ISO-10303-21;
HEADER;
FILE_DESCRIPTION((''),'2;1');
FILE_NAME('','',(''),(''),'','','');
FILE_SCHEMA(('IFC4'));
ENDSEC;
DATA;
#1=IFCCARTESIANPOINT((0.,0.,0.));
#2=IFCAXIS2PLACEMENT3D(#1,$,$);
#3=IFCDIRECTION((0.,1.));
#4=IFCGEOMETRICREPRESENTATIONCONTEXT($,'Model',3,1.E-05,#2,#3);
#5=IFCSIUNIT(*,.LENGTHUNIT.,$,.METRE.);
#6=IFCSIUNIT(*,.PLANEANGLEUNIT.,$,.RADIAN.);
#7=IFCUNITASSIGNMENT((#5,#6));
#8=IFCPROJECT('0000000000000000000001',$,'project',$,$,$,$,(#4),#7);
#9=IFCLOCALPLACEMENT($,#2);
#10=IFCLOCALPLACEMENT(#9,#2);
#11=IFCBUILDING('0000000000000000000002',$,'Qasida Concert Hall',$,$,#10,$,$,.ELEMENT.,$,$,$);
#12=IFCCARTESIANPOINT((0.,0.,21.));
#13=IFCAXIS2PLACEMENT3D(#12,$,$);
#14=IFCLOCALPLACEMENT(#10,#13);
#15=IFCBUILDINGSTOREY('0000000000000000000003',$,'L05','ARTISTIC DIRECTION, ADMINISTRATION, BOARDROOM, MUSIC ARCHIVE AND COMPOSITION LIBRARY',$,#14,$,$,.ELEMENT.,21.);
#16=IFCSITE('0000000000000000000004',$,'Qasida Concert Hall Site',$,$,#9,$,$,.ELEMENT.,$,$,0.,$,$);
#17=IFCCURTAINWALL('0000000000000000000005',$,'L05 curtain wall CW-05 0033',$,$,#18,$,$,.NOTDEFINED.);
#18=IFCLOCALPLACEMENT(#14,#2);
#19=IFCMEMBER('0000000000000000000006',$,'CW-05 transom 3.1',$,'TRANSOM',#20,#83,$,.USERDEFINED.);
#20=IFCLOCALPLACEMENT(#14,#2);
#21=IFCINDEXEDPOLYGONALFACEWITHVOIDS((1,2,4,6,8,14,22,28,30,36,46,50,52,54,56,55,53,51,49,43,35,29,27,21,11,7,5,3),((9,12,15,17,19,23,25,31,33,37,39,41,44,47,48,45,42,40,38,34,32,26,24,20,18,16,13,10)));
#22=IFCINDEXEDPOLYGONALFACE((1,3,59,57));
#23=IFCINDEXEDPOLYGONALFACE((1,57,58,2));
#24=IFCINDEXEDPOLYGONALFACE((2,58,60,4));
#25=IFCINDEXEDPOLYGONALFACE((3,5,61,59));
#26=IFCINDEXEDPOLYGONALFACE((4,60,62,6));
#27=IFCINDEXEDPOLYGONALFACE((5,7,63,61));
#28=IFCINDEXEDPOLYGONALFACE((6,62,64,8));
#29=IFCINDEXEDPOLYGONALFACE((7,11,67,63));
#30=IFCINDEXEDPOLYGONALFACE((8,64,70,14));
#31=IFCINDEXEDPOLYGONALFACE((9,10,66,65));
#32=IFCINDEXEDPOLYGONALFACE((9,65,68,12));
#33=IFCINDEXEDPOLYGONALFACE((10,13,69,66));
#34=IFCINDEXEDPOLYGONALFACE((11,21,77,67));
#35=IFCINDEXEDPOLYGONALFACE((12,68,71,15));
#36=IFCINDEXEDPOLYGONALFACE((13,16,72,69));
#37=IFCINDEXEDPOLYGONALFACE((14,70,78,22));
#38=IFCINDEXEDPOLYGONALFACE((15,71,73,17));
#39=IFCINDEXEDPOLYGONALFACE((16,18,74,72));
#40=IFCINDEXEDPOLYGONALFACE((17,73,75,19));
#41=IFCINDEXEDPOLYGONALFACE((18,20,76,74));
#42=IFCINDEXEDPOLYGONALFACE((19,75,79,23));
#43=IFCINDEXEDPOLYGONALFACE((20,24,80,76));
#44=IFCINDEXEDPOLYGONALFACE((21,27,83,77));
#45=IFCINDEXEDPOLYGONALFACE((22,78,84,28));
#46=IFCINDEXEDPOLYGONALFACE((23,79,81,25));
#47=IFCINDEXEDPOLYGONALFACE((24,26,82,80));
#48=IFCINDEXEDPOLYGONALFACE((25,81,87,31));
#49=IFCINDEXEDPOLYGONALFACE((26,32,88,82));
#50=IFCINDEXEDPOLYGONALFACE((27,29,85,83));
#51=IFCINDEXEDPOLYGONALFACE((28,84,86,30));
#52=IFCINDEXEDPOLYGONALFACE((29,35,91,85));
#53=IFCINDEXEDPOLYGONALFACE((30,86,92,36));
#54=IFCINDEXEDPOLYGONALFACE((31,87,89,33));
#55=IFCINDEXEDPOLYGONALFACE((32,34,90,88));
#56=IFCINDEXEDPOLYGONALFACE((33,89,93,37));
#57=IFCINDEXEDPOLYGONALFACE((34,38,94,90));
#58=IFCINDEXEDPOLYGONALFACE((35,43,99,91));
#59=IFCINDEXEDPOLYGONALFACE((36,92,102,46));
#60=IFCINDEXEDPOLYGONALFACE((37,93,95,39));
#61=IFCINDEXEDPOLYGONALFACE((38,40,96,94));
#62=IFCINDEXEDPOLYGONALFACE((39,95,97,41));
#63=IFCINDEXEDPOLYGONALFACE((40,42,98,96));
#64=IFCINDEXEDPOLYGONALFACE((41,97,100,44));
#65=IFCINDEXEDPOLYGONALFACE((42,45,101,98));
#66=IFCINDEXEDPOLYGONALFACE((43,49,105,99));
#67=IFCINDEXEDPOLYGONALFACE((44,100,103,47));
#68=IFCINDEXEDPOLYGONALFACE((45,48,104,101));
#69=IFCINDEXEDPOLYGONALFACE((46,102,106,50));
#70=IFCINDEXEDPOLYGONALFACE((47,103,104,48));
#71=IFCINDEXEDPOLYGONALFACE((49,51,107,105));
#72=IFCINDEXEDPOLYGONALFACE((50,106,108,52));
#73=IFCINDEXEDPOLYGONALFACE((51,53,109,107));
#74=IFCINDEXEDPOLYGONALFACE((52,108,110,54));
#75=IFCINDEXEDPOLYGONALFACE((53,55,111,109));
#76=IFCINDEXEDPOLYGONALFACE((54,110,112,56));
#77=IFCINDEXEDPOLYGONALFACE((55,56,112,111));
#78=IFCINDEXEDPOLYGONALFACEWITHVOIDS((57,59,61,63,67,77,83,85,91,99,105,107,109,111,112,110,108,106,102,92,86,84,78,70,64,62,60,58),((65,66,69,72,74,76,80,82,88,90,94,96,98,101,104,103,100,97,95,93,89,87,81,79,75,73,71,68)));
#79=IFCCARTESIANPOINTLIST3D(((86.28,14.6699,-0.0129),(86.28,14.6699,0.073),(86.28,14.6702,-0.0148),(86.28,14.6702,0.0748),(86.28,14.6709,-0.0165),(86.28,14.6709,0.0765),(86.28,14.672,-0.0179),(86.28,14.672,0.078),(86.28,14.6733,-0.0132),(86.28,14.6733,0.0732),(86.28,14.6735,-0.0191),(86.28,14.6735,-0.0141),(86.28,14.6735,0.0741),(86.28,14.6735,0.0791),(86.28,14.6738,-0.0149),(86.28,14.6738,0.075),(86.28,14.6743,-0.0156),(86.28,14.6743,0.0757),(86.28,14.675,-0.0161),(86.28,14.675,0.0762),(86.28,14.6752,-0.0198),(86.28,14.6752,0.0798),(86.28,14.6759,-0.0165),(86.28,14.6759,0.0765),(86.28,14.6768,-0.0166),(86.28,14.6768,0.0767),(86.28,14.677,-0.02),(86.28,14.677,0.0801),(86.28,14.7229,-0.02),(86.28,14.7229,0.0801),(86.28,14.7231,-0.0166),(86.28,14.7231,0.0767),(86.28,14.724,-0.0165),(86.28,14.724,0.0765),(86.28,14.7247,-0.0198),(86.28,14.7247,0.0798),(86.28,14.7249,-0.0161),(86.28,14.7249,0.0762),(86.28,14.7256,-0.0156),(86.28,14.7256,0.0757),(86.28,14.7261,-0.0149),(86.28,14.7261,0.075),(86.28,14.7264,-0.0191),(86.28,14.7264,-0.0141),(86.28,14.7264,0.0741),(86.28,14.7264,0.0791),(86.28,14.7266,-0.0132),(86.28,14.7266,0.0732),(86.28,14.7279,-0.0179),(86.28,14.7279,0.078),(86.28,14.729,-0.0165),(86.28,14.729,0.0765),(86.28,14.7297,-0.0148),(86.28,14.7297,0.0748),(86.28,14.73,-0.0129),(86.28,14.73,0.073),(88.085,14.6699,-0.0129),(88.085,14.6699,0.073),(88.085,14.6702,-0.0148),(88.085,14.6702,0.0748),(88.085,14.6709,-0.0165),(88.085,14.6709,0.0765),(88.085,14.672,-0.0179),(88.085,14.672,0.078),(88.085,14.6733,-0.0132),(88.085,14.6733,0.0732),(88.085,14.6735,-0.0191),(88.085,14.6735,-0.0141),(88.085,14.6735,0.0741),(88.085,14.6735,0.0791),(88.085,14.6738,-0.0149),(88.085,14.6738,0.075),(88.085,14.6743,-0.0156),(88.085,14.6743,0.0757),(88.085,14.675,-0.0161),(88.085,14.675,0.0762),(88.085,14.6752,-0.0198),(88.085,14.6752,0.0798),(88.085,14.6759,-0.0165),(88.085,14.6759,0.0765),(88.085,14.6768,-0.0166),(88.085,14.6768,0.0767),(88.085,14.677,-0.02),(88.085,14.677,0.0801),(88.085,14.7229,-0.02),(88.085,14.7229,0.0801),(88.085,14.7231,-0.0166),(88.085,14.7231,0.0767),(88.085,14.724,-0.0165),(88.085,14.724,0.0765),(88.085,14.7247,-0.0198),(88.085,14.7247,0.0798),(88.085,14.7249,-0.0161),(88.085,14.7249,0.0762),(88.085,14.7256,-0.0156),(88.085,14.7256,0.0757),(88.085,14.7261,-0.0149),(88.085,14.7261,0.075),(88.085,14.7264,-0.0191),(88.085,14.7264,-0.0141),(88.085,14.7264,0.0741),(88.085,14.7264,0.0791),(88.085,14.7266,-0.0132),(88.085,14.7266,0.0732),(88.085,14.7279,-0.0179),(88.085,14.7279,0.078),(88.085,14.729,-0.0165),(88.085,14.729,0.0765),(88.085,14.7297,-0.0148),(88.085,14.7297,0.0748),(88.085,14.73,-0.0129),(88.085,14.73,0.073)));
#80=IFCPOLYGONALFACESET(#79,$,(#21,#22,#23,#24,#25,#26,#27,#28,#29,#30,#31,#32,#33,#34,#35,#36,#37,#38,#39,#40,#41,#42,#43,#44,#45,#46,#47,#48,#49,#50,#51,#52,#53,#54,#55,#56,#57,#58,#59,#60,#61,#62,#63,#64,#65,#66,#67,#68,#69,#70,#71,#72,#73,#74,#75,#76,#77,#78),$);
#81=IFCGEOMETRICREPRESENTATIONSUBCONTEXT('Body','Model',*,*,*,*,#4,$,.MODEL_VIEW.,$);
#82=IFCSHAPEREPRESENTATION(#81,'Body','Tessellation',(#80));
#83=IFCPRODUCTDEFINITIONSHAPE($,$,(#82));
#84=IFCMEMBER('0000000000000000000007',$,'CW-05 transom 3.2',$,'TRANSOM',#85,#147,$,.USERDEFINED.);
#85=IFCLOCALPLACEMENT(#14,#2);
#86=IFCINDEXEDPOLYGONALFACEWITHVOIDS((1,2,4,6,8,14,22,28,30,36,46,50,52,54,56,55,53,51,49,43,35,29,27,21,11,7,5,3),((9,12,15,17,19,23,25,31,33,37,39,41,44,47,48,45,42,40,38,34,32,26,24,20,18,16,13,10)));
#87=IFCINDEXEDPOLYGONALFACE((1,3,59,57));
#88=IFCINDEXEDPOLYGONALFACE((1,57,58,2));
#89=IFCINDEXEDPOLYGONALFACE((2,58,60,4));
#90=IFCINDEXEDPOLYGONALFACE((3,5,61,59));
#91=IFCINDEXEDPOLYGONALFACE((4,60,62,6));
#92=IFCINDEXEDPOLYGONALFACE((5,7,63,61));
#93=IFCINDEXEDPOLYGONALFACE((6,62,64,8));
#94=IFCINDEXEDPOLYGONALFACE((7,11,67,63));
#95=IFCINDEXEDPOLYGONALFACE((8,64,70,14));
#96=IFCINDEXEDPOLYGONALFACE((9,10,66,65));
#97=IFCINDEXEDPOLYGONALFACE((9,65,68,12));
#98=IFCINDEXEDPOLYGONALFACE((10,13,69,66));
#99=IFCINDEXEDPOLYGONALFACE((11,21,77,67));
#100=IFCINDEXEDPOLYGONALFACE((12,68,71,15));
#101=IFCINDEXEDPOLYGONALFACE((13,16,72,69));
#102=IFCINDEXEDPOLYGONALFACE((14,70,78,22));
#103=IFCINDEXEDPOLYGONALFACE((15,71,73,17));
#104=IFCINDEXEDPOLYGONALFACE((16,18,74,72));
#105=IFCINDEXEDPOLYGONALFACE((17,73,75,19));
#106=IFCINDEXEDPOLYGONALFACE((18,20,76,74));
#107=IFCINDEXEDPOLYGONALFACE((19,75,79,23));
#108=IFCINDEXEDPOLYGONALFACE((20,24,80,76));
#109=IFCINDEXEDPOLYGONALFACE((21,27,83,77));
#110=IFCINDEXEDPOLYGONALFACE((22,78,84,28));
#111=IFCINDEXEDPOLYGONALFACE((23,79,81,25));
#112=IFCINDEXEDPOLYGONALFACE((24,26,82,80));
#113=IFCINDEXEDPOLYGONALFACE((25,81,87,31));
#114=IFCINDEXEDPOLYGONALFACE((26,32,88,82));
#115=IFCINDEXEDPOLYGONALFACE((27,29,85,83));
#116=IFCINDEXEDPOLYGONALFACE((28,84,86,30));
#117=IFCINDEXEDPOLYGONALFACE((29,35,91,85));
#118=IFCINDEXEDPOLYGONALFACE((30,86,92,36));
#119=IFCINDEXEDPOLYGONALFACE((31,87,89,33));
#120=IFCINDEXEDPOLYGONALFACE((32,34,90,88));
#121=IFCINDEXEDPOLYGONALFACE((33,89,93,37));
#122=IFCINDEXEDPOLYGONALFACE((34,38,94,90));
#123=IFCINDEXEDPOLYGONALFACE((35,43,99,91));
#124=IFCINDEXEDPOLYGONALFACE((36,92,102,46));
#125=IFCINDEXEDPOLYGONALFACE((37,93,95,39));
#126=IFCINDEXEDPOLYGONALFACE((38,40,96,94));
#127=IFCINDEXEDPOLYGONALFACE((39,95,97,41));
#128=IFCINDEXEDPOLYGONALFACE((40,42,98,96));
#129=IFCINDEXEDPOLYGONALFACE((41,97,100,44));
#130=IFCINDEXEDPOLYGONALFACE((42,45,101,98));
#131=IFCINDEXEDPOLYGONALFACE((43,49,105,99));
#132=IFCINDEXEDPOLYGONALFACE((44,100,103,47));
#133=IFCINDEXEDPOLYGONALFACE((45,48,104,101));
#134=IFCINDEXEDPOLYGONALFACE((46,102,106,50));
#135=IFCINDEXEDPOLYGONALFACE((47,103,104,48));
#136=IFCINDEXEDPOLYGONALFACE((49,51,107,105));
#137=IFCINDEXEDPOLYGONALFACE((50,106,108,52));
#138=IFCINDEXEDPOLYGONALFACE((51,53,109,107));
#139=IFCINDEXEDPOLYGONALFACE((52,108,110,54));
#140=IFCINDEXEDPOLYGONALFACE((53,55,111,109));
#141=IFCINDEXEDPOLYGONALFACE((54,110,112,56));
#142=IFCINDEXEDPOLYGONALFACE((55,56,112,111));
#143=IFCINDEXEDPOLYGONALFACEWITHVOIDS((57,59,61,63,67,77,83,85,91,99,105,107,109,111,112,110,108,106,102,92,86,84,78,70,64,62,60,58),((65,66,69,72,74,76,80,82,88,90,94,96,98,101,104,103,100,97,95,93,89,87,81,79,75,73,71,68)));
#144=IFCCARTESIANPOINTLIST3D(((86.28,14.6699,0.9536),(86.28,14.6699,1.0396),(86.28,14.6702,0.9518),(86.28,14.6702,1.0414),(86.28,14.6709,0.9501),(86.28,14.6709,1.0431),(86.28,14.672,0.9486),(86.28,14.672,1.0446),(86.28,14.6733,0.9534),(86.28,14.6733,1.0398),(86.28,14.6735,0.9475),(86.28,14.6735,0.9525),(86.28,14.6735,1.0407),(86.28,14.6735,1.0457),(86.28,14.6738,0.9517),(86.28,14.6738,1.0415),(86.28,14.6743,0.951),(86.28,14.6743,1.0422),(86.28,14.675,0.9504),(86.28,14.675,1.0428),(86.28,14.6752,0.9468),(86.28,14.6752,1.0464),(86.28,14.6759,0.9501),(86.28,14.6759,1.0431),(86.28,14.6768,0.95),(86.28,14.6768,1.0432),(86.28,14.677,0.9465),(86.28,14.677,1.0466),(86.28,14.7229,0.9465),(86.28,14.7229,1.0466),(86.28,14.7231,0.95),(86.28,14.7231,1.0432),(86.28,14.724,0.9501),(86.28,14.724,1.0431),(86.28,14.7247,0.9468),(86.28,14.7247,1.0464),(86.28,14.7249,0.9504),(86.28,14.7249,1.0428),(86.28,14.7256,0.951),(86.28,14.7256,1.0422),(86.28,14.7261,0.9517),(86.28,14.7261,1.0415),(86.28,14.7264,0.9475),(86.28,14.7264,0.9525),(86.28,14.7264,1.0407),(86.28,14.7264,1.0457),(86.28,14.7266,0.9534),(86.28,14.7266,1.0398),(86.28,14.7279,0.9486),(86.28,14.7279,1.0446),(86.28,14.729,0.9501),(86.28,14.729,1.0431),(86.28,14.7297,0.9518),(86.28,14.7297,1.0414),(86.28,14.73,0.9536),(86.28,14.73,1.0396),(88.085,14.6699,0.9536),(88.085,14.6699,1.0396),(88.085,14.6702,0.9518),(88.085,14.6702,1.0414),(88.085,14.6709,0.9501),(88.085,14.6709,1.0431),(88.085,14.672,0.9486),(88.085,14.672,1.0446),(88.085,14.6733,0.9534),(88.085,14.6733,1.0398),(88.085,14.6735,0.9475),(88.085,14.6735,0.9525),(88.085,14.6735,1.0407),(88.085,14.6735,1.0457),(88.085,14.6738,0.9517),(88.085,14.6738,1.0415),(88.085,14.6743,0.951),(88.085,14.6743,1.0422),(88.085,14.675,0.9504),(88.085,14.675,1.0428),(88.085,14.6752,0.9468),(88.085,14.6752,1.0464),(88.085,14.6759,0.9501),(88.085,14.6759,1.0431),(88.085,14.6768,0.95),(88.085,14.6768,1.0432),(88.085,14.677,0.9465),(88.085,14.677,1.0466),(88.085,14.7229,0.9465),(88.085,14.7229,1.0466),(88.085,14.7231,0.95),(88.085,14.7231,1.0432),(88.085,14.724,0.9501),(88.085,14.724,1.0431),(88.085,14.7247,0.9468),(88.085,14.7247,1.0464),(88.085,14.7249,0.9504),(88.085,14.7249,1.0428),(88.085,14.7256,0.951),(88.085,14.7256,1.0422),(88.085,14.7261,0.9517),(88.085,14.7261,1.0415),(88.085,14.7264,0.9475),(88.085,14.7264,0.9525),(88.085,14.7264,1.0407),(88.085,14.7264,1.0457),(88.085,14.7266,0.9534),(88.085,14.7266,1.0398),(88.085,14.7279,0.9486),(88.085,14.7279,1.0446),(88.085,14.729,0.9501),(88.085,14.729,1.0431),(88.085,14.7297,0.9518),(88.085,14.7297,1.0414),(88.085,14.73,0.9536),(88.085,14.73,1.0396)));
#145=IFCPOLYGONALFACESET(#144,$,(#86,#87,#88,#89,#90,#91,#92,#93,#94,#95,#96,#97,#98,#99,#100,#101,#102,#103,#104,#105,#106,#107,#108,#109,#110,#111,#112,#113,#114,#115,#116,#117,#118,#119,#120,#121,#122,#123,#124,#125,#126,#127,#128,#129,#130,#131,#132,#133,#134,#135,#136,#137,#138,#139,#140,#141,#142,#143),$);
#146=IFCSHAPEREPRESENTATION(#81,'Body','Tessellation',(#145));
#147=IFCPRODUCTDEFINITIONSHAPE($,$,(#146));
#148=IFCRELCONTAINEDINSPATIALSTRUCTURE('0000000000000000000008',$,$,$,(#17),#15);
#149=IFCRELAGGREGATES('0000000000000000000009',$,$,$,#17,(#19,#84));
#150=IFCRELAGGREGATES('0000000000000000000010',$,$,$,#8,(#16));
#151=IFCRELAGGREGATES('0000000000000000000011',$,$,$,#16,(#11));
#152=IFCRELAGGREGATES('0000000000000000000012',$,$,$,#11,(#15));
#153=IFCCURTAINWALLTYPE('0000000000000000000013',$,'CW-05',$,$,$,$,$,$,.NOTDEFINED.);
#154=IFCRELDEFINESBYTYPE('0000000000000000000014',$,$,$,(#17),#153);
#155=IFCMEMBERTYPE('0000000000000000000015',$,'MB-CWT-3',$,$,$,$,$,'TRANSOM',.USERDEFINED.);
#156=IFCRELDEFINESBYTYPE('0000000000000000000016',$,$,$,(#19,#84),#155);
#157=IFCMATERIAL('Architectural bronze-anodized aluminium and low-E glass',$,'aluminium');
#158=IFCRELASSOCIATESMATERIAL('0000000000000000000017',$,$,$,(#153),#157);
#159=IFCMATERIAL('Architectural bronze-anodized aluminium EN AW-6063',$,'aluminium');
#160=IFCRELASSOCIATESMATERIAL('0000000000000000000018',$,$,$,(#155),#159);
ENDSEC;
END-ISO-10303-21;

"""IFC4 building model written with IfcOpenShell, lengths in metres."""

from ifc_helpers import new_model, si_unit, direction, frame, origin, origin_2d, place, context, subcontext, project, spatial, hollow_rectangle, extrude, material, material_profile, profile_set, type_object, element, aggregate, save


model = new_model("IFC4")

# Units and contexts
model_context = context("Model", 3, precision=1e-05, world=origin(), true_north=direction((0.0, 1.0)))
body_context = subcontext(model_context, "Body", "Model", "MODEL_VIEW")
ifc_project = project(units=[si_unit("LENGTHUNIT", "METRE"), si_unit("PLANEANGLEUNIT", "RADIAN")], contexts=[model_context])

# Site, building, storey
site_placement = place(None, origin())
site = spatial("IfcSite", under=ifc_project, at=site_placement, Name="Qasida Concert Hall Site", CompositionType="ELEMENT", RefElevation=0.0)
building_placement = place(site_placement, origin())
building = spatial("IfcBuilding", under=site, at=building_placement, Name="Qasida Concert Hall", CompositionType="ELEMENT")
storey_placement = place(building_placement, frame((0.0, 0.0, 21.0)))
storey = spatial("IfcBuildingStorey", under=building, at=storey_placement, Name="L05", Description="ARTISTIC DIRECTION, ADMINISTRATION, BOARDROOM, MUSIC ARCHIVE AND COMPOSITION LIBRARY", CompositionType="ELEMENT", Elevation=21.0)

# Curtain wall, members
ifc_material_1 = material(Name="Architectural bronze-anodized aluminium and low-E glass", Category="aluminium")
curtain_wall_type = type_object("IfcCurtainWallType", Name="CW-05", PredefinedType="NOTDEFINED", material=ifc_material_1)
curtain_wall_placement = place(storey_placement, origin())
curtain_wall = element("IfcCurtainWall", 1, at=curtain_wall_placement, inside=storey, type_object=curtain_wall_type, Name="L05 curtain wall CW-05 0033", PredefinedType="NOTDEFINED")
ifc_material_2 = material(Name="Architectural bronze-anodized aluminium EN AW-6063", Category="aluminium")
ifc_material_profile_1 = material_profile(ifc_material_2, hollow_rectangle(XDim=0.0601, YDim=0.1001, WallThickness=0.0034, InnerFilletRadius=0.0034, OuterFilletRadius=0.0071, at=origin_2d()), Name="CWT 100x60x3.5")
ifc_profile_set_1 = profile_set([ifc_material_profile_1], Name="Architectural bronze-anodized aluminium EN AW-6063")
member_type_1 = type_object("IfcMemberType", Name="MB-CWT-3", ElementType="TRANSOM", PredefinedType="USERDEFINED", material=ifc_profile_set_1)
member_1_placement = place(storey_placement, frame((86.28, 14.7, 0.03), z_axis=(1.0, 0.0, 0.0), x_axis=(0.0, 1.0, 0.0)))
member_1 = element("IfcMember", 2, at=member_1_placement, type_object=member_type_1, Name="CW-05 transom 3.1", ObjectType="TRANSOM", PredefinedType="USERDEFINED", context=body_context, shape_type="SweptSolid", body=[
    extrude(hollow_rectangle(XDim=0.0601, YDim=0.1001, WallThickness=0.0034, InnerFilletRadius=0.0034, OuterFilletRadius=0.0071, at=origin_2d()), origin(), (0.0, 0.0, 1.0), 1.8049),
])
member_2_placement = place(storey_placement, frame((86.28, 14.7, 0.9966), z_axis=(1.0, 0.0, 0.0), x_axis=(0.0, 1.0, 0.0)))
member_2 = element("IfcMember", 3, at=member_2_placement, type_object=member_type_1, Name="CW-05 transom 3.2", ObjectType="TRANSOM", PredefinedType="USERDEFINED", context=body_context, shape_type="SweptSolid", body=[
    extrude(hollow_rectangle(XDim=0.0601, YDim=0.1001, WallThickness=0.0034, InnerFilletRadius=0.0034, OuterFilletRadius=0.0071, at=origin_2d()), origin(), (0.0, 0.0, 1.0), 1.8049),
])
aggregate(curtain_wall, [member_1, member_2])

save(model, "model.ifc")
